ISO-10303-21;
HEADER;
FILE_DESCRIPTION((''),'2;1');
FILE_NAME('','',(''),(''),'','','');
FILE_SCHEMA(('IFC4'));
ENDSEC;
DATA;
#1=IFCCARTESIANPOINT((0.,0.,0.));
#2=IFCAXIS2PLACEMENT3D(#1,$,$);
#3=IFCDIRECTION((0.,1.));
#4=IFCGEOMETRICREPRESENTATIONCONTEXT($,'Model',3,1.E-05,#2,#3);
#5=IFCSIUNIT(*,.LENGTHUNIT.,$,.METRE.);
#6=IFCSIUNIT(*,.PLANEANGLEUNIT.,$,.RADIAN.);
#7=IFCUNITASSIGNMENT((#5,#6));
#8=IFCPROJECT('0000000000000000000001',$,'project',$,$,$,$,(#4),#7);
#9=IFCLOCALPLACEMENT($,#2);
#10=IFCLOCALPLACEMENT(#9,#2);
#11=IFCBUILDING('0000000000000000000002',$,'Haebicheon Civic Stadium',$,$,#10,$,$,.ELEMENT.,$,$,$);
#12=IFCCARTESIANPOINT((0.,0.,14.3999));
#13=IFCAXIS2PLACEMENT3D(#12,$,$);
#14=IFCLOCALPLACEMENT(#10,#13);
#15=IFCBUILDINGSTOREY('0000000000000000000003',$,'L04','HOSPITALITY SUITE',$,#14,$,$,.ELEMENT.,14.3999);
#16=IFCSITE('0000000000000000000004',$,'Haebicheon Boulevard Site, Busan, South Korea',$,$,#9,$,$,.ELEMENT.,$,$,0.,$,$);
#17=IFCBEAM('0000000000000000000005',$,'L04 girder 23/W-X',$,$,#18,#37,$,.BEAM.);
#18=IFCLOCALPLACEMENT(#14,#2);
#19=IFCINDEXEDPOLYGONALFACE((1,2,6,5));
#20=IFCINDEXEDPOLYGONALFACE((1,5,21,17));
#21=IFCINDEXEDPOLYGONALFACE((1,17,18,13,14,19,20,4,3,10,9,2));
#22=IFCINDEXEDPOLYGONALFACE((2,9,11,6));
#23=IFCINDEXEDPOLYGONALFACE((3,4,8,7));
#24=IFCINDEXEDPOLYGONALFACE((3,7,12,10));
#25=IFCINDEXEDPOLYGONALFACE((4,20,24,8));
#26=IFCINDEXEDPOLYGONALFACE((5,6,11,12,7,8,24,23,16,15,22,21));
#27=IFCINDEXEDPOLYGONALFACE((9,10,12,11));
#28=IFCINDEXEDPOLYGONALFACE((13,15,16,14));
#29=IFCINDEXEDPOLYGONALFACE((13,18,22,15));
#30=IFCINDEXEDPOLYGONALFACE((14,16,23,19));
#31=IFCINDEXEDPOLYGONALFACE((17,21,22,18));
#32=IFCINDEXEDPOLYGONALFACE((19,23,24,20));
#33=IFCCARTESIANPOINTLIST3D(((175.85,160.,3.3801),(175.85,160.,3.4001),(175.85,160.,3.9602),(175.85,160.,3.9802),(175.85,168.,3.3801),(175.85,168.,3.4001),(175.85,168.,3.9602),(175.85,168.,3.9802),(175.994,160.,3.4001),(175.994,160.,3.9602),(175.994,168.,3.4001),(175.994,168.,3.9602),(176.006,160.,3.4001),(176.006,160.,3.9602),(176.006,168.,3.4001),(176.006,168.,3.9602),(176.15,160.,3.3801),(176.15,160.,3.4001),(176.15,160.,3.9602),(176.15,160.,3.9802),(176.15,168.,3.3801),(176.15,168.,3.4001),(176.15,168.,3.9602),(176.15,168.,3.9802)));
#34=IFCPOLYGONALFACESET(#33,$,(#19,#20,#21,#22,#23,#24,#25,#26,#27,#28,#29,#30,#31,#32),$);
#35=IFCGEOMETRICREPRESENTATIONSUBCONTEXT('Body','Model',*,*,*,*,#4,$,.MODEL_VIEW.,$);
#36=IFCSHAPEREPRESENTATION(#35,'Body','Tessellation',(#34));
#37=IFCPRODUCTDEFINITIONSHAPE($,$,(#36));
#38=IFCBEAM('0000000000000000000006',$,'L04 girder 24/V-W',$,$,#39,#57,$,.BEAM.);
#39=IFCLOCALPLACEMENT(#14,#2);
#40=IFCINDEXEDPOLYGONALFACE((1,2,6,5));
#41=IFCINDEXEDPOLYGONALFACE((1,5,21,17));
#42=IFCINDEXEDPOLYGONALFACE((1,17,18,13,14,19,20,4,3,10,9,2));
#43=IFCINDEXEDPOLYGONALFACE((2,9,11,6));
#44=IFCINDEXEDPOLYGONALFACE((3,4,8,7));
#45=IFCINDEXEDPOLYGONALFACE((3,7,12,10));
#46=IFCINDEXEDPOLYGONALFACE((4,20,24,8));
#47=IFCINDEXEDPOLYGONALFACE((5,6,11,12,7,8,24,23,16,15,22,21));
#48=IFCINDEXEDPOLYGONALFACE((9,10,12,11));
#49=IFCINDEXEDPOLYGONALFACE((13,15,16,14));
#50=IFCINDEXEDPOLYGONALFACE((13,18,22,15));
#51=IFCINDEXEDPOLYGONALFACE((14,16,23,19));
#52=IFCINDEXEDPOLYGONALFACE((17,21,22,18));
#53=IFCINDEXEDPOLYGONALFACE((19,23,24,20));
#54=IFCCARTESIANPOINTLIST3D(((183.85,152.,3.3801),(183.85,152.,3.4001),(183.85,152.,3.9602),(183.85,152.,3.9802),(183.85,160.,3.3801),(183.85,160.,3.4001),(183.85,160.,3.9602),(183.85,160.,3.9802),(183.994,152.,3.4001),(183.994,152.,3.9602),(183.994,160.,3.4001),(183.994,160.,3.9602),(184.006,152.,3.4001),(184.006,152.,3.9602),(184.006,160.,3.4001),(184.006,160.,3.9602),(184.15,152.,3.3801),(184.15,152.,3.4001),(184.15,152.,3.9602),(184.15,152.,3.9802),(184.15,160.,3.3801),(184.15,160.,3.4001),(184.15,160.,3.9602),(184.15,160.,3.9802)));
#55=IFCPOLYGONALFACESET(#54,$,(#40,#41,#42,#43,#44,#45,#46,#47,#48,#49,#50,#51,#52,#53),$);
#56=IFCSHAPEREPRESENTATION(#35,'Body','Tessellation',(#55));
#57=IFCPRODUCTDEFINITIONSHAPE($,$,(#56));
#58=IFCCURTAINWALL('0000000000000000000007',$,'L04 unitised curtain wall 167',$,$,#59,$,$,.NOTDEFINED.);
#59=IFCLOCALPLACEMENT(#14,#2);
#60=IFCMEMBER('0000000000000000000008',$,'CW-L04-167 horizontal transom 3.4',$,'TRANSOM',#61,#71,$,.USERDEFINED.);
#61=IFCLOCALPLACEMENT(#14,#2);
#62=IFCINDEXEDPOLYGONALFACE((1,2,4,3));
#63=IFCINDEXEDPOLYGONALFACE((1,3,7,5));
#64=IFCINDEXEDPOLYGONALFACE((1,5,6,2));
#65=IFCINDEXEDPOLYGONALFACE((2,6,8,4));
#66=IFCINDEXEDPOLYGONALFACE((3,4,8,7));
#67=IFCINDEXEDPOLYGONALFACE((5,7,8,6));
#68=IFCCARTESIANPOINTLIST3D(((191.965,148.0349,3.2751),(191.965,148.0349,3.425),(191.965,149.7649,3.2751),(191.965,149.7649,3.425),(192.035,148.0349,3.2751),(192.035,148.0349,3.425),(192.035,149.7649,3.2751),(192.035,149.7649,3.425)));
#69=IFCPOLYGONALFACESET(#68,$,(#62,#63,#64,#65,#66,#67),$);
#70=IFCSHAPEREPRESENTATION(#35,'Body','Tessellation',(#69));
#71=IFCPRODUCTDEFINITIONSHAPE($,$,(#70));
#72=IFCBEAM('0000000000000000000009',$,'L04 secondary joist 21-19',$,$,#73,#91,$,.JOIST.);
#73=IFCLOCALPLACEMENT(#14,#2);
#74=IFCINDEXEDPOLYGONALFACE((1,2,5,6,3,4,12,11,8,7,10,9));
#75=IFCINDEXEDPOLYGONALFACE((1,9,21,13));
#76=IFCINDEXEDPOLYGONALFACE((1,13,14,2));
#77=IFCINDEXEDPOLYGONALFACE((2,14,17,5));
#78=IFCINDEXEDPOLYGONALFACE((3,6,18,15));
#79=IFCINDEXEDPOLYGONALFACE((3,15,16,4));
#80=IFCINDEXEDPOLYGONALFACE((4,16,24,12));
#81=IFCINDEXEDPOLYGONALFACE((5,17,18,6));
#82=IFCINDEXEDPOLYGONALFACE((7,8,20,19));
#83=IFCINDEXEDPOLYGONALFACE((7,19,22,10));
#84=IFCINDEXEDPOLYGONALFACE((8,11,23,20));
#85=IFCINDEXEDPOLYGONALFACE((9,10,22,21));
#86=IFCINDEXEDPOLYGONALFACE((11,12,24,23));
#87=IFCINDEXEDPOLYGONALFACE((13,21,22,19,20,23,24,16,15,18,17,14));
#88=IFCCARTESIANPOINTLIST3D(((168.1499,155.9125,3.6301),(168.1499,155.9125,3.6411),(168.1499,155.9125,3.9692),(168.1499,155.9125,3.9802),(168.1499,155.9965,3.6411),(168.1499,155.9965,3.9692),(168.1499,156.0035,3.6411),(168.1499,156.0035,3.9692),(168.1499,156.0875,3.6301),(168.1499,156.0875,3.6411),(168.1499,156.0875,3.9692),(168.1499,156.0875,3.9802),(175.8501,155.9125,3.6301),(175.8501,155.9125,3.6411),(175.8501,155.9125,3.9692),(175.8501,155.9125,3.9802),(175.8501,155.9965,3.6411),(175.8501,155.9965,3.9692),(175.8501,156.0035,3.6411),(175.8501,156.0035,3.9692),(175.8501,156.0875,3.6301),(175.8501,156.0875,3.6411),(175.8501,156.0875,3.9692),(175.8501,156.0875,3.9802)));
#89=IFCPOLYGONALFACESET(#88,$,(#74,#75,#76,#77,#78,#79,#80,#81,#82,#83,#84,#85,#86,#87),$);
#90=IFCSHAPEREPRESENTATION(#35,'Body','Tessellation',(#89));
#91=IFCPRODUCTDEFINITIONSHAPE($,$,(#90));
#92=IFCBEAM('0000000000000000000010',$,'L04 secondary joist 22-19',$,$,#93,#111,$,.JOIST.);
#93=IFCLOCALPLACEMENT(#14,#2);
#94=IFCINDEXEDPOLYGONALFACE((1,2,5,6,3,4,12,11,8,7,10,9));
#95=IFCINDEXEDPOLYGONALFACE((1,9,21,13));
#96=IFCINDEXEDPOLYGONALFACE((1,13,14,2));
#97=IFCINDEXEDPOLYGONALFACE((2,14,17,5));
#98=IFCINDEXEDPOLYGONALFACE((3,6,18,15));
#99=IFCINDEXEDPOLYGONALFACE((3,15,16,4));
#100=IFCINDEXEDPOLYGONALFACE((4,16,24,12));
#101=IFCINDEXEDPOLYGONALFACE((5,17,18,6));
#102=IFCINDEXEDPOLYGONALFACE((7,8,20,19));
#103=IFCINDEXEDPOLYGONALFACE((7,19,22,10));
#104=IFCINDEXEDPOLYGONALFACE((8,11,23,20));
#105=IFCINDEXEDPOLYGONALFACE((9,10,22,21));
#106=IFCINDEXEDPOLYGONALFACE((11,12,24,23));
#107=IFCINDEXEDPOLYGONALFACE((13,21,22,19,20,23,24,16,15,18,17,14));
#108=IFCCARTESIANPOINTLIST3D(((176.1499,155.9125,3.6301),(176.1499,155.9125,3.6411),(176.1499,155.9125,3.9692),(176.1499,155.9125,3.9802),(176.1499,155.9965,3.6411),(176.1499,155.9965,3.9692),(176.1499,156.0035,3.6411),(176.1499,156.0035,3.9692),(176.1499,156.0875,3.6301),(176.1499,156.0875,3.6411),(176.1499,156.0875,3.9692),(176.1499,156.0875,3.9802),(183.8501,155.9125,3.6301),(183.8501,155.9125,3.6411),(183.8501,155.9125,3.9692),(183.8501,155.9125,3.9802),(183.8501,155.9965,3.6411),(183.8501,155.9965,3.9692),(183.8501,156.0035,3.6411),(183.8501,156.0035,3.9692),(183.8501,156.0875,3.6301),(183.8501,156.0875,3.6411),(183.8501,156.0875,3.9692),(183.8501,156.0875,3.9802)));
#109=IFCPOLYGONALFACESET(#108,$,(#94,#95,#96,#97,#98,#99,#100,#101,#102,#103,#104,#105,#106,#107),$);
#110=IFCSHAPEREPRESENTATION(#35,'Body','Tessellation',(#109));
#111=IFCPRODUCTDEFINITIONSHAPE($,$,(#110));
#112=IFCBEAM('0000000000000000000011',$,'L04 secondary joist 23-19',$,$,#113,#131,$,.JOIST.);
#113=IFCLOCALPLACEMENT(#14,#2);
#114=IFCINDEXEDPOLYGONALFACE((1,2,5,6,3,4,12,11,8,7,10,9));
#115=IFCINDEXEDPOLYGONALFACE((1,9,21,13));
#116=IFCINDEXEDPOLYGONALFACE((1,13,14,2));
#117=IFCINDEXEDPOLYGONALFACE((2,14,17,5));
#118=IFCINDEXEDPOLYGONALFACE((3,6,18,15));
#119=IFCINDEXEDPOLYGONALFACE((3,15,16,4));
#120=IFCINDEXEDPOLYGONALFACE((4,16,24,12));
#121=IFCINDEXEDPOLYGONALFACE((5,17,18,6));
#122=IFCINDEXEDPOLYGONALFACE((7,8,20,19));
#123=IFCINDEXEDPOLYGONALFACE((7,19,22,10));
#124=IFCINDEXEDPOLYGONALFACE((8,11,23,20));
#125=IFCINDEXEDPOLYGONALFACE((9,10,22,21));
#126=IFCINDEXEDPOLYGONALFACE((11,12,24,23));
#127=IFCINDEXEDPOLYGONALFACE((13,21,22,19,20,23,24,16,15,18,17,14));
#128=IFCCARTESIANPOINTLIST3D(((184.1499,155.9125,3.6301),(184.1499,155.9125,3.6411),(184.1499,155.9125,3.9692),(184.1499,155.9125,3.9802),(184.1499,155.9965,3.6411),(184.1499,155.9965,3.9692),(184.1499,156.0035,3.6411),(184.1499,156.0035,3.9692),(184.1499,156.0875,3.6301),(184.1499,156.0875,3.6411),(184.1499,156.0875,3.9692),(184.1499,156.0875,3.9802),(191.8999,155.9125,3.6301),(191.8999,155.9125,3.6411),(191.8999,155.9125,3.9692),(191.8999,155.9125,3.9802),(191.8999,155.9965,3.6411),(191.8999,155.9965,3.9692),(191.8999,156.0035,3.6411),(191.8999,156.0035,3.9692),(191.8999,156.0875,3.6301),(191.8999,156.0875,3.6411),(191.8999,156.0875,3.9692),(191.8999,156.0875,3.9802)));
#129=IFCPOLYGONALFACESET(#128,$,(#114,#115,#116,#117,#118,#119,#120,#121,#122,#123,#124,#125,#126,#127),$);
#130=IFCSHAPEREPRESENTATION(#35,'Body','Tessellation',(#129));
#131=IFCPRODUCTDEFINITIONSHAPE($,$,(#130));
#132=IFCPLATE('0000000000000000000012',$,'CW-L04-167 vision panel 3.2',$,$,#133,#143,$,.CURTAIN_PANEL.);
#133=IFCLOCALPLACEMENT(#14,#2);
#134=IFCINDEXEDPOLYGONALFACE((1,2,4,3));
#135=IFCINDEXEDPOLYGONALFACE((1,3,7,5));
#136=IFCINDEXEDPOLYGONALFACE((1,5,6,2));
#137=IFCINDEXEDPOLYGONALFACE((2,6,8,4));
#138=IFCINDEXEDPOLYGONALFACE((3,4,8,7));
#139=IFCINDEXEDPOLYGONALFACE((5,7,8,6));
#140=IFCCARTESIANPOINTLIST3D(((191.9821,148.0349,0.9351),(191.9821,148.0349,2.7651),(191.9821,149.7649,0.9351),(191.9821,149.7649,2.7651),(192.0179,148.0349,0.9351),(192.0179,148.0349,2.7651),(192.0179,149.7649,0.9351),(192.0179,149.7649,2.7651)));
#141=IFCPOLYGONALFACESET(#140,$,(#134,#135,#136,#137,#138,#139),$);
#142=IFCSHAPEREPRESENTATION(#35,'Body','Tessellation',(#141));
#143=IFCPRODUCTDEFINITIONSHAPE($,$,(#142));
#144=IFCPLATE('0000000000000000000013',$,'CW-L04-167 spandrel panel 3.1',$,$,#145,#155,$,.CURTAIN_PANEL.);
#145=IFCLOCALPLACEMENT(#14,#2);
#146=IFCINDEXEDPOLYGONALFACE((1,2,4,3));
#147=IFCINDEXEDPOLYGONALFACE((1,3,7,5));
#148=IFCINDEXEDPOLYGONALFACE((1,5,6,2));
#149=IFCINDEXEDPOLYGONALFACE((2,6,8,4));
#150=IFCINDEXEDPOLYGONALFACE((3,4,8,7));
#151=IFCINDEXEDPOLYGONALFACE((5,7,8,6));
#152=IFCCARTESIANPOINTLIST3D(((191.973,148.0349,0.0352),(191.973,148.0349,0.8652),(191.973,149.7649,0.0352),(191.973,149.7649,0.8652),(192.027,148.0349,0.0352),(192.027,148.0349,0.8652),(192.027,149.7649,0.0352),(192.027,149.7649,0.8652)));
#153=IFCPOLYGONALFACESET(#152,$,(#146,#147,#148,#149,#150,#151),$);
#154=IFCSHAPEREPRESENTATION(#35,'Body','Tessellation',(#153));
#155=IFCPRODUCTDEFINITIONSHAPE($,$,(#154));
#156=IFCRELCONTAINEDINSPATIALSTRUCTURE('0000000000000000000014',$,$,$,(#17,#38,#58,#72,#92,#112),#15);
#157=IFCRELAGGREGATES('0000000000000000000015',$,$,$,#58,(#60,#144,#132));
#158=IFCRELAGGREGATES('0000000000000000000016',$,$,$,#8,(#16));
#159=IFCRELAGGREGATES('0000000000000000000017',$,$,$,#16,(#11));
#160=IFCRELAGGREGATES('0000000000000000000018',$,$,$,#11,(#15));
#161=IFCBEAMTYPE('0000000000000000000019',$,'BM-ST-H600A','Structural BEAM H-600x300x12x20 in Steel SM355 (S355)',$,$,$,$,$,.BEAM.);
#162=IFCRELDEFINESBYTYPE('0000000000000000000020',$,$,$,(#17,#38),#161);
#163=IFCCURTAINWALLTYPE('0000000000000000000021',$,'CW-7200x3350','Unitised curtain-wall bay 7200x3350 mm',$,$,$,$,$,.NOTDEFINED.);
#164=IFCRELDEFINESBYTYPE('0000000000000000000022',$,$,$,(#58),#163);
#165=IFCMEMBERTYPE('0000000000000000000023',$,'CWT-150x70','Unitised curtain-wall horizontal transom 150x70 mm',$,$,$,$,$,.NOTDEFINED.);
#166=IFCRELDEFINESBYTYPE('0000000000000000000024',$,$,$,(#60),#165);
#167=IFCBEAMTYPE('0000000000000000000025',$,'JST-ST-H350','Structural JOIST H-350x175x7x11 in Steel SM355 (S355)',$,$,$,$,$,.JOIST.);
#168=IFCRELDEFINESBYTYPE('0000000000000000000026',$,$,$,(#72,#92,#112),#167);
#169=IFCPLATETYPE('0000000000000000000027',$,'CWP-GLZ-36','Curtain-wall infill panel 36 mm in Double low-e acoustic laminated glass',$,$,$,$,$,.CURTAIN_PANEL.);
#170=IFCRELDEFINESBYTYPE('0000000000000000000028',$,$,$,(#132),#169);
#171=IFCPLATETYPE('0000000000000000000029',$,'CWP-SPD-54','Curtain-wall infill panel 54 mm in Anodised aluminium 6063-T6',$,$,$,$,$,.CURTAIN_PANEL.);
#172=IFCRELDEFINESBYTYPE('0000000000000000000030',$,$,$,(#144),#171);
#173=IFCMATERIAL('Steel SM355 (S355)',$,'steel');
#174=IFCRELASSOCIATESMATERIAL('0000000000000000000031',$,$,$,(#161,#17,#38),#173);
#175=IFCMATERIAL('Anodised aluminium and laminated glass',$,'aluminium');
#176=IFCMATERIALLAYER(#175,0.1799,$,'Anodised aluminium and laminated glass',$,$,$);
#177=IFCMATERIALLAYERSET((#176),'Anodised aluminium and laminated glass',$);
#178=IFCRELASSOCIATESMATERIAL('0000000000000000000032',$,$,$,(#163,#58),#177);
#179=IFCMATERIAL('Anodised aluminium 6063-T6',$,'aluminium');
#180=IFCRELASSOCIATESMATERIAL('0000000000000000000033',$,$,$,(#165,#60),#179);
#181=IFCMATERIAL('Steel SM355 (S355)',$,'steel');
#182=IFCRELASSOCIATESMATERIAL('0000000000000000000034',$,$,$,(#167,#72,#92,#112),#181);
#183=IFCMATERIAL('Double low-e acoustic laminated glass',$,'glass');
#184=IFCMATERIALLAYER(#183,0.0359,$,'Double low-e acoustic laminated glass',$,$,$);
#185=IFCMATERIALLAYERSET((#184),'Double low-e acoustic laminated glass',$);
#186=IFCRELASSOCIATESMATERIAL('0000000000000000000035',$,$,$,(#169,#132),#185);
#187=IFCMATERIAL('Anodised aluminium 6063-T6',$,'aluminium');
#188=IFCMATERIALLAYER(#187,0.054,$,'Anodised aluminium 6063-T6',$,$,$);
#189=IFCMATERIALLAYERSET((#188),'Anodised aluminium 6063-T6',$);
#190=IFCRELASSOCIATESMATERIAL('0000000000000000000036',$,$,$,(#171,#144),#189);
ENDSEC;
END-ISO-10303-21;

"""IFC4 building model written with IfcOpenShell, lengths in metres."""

from ifc_helpers import new_model, si_unit, direction, frame, origin, origin_2d, place, context, subcontext, project, spatial, rectangle, i_section, extrude, material, layer, layer_set, material_profile, profile_set, type_object, element, aggregate, save


model = new_model("IFC4")

# Units and contexts
model_context = context("Model", 3, precision=1e-05, world=origin(), true_north=direction((0.0, 1.0)))
body_context = subcontext(model_context, "Body", "Model", "MODEL_VIEW")
ifc_project = project(units=[si_unit("LENGTHUNIT", "METRE"), si_unit("PLANEANGLEUNIT", "RADIAN")], contexts=[model_context])

# Site, building, storey
site_placement = place(None, origin())
site = spatial("IfcSite", under=ifc_project, at=site_placement, Name="Haebicheon Boulevard Site, Busan, South Korea", CompositionType="ELEMENT", RefElevation=0.0)
building_placement = place(site_placement, origin())
building = spatial("IfcBuilding", under=site, at=building_placement, Name="Haebicheon Civic Stadium", CompositionType="ELEMENT")
storey_placement = place(building_placement, frame((0.0, 0.0, 14.3999)))
storey = spatial("IfcBuildingStorey", under=building, at=storey_placement, Name="L04", Description="HOSPITALITY SUITE", CompositionType="ELEMENT", Elevation=14.3999)

# Beams
ifc_material_1 = material(Name="Steel SM355 (S355)", Category="steel")
ifc_material_profile_1 = material_profile(ifc_material_1, i_section(OverallWidth=0.3, OverallDepth=0.6001, WebThickness=0.012, FlangeThickness=0.02, at=origin_2d()), Name="H-600x300x12x20")
ifc_profile_set_1 = profile_set([ifc_material_profile_1], Name="Steel SM355 (S355)")
beam_type_1 = type_object("IfcBeamType", Name="BM-ST-H600A", Description="Structural BEAM H-600x300x12x20 in Steel SM355 (S355)", PredefinedType="BEAM", material=ifc_profile_set_1)
for number, where, z_axis, x_axis, name in (
    (1, (176.0, 160.0, 3.6802), (0.0, 1.0, 0.0), (-1.0, 0.0, 0.0), "L04 girder 23/W-X"),
    (2, (184.0, 152.0, 3.6802), (0.0, 1.0, 0.0), (-1.0, 0.0, 0.0), "L04 girder 24/V-W"),
):
    element("IfcBeam", number, at=place(storey_placement, frame(where, z_axis=z_axis, x_axis=x_axis)), inside=storey, type_object=beam_type_1, material=ifc_profile_set_1, Name=name, PredefinedType="BEAM", context=body_context, shape_type="SweptSolid", body=[
        extrude(i_section(OverallWidth=0.3, OverallDepth=0.6001, WebThickness=0.012, FlangeThickness=0.02, at=origin_2d()), origin(), (0.0, 0.0, 1.0), 8.0),
    ])

# Curtain wall, member
ifc_material_2 = material(Name="Anodised aluminium and laminated glass", Category="aluminium")
ifc_layer_1 = layer(ifc_material_2, 0.1799, Name="Anodised aluminium and laminated glass")
ifc_layer_set_1 = layer_set([ifc_layer_1], Name="Anodised aluminium and laminated glass")
curtain_wall_type = type_object("IfcCurtainWallType", Name="CW-7200x3350", Description="Unitised curtain-wall bay 7200x3350 mm", PredefinedType="NOTDEFINED", material=ifc_layer_set_1)
curtain_wall_placement = place(storey_placement, origin())
curtain_wall = element("IfcCurtainWall", 3, at=curtain_wall_placement, inside=storey, type_object=curtain_wall_type, material=ifc_layer_set_1, Name="L04 unitised curtain wall 167", PredefinedType="NOTDEFINED")
ifc_material_3 = material(Name="Anodised aluminium 6063-T6", Category="aluminium")
ifc_material_profile_2 = material_profile(ifc_material_3, rectangle(XDim=0.0701, YDim=0.1499, at=origin_2d()), Name="ALU-TRAN-70x150")
ifc_profile_set_2 = profile_set([ifc_material_profile_2], Name="Anodised aluminium 6063-T6")
member_type = type_object("IfcMemberType", Name="CWT-150x70", Description="Unitised curtain-wall horizontal transom 150x70 mm", PredefinedType="NOTDEFINED", material=ifc_profile_set_2)
member_placement = place(storey_placement, frame((192.0, 148.0349, 3.3501), z_axis=(0.0, 1.0, 0.0), x_axis=(-1.0, 0.0, 0.0)))
member = element("IfcMember", 4, at=member_placement, type_object=member_type, material=ifc_profile_set_2, Name="CW-L04-167 horizontal transom 3.4", ObjectType="TRANSOM", PredefinedType="USERDEFINED", context=body_context, shape_type="SweptSolid", body=[
    extrude(rectangle(XDim=0.0701, YDim=0.1499, at=origin_2d()), origin(), (0.0, 0.0, 1.0), 1.73),
])

# Beams
ifc_material_4 = material(Name="Steel SM355 (S355)", Category="steel")
ifc_material_profile_3 = material_profile(ifc_material_4, i_section(OverallWidth=0.175, OverallDepth=0.3501, WebThickness=0.0071, FlangeThickness=0.011, at=origin_2d()), Name="H-350x175x7x11")
ifc_profile_set_3 = profile_set([ifc_material_profile_3], Name="Steel SM355 (S355)")
beam_type_2 = type_object("IfcBeamType", Name="JST-ST-H350", Description="Structural JOIST H-350x175x7x11 in Steel SM355 (S355)", PredefinedType="JOIST", material=ifc_profile_set_3)
for number, where, z_axis, x_axis, name in (
    (5, (168.1499, 156.0, 3.8052), (1.0, 0.0, 0.0), (0.0, 1.0, 0.0), "L04 secondary joist 21-19"),
    (6, (176.1499, 156.0, 3.8052), (1.0, 0.0, 0.0), (0.0, 1.0, 0.0), "L04 secondary joist 22-19"),
):
    element("IfcBeam", number, at=place(storey_placement, frame(where, z_axis=z_axis, x_axis=x_axis)), inside=storey, type_object=beam_type_2, material=ifc_profile_set_3, Name=name, PredefinedType="JOIST", context=body_context, shape_type="SweptSolid", body=[
        extrude(i_section(OverallWidth=0.175, OverallDepth=0.3501, WebThickness=0.0071, FlangeThickness=0.011, at=origin_2d()), origin(), (0.0, 0.0, 1.0), 7.7002),
    ])
beam_placement = place(storey_placement, frame((184.1499, 156.0, 3.8052), z_axis=(1.0, 0.0, 0.0), x_axis=(0.0, 1.0, 0.0)))
element("IfcBeam", 7, at=beam_placement, inside=storey, type_object=beam_type_2, material=ifc_profile_set_3, Name="L04 secondary joist 23-19", PredefinedType="JOIST", context=body_context, shape_type="SweptSolid", body=[
    extrude(i_section(OverallWidth=0.175, OverallDepth=0.3501, WebThickness=0.0071, FlangeThickness=0.011, at=origin_2d()), origin(), (0.0, 0.0, 1.0), 7.75),
])

# Plates
ifc_material_5 = material(Name="Double low-e acoustic laminated glass", Category="glass")
ifc_layer_2 = layer(ifc_material_5, 0.0359, Name="Double low-e acoustic laminated glass")
ifc_layer_set_2 = layer_set([ifc_layer_2], Name="Double low-e acoustic laminated glass")
plate_type_1 = type_object("IfcPlateType", Name="CWP-GLZ-36", Description="Curtain-wall infill panel 36 mm in Double low-e acoustic laminated glass", PredefinedType="CURTAIN_PANEL", material=ifc_layer_set_2)
plate_1_placement = place(storey_placement, frame((192.0, 148.8999, 0.9351), z_axis=(0.0, 0.0, 1.0), x_axis=(0.0, 1.0, 0.0)))
plate_1 = element("IfcPlate", 8, at=plate_1_placement, type_object=plate_type_1, material=ifc_layer_set_2, Name="CW-L04-167 vision panel 3.2", PredefinedType="CURTAIN_PANEL", context=body_context, shape_type="SweptSolid", body=[
    extrude(rectangle(XDim=1.73, YDim=0.0359, at=origin_2d()), origin(), (0.0, 0.0, 1.0), 1.8301),
])
ifc_material_6 = material(Name="Anodised aluminium 6063-T6", Category="aluminium")
ifc_layer_3 = layer(ifc_material_6, 0.054, Name="Anodised aluminium 6063-T6")
ifc_layer_set_3 = layer_set([ifc_layer_3], Name="Anodised aluminium 6063-T6")
plate_type_2 = type_object("IfcPlateType", Name="CWP-SPD-54", Description="Curtain-wall infill panel 54 mm in Anodised aluminium 6063-T6", PredefinedType="CURTAIN_PANEL", material=ifc_layer_set_3)
plate_2_placement = place(storey_placement, frame((192.0, 148.8999, 0.0352), z_axis=(0.0, 0.0, 1.0), x_axis=(0.0, 1.0, 0.0)))
plate_2 = element("IfcPlate", 9, at=plate_2_placement, type_object=plate_type_2, material=ifc_layer_set_3, Name="CW-L04-167 spandrel panel 3.1", PredefinedType="CURTAIN_PANEL", context=body_context, shape_type="SweptSolid", body=[
    extrude(rectangle(XDim=1.73, YDim=0.054, at=origin_2d()), origin(), (0.0, 0.0, 1.0), 0.8301),
])
aggregate(curtain_wall, [member, plate_2, plate_1])

save(model, "model.ifc")
